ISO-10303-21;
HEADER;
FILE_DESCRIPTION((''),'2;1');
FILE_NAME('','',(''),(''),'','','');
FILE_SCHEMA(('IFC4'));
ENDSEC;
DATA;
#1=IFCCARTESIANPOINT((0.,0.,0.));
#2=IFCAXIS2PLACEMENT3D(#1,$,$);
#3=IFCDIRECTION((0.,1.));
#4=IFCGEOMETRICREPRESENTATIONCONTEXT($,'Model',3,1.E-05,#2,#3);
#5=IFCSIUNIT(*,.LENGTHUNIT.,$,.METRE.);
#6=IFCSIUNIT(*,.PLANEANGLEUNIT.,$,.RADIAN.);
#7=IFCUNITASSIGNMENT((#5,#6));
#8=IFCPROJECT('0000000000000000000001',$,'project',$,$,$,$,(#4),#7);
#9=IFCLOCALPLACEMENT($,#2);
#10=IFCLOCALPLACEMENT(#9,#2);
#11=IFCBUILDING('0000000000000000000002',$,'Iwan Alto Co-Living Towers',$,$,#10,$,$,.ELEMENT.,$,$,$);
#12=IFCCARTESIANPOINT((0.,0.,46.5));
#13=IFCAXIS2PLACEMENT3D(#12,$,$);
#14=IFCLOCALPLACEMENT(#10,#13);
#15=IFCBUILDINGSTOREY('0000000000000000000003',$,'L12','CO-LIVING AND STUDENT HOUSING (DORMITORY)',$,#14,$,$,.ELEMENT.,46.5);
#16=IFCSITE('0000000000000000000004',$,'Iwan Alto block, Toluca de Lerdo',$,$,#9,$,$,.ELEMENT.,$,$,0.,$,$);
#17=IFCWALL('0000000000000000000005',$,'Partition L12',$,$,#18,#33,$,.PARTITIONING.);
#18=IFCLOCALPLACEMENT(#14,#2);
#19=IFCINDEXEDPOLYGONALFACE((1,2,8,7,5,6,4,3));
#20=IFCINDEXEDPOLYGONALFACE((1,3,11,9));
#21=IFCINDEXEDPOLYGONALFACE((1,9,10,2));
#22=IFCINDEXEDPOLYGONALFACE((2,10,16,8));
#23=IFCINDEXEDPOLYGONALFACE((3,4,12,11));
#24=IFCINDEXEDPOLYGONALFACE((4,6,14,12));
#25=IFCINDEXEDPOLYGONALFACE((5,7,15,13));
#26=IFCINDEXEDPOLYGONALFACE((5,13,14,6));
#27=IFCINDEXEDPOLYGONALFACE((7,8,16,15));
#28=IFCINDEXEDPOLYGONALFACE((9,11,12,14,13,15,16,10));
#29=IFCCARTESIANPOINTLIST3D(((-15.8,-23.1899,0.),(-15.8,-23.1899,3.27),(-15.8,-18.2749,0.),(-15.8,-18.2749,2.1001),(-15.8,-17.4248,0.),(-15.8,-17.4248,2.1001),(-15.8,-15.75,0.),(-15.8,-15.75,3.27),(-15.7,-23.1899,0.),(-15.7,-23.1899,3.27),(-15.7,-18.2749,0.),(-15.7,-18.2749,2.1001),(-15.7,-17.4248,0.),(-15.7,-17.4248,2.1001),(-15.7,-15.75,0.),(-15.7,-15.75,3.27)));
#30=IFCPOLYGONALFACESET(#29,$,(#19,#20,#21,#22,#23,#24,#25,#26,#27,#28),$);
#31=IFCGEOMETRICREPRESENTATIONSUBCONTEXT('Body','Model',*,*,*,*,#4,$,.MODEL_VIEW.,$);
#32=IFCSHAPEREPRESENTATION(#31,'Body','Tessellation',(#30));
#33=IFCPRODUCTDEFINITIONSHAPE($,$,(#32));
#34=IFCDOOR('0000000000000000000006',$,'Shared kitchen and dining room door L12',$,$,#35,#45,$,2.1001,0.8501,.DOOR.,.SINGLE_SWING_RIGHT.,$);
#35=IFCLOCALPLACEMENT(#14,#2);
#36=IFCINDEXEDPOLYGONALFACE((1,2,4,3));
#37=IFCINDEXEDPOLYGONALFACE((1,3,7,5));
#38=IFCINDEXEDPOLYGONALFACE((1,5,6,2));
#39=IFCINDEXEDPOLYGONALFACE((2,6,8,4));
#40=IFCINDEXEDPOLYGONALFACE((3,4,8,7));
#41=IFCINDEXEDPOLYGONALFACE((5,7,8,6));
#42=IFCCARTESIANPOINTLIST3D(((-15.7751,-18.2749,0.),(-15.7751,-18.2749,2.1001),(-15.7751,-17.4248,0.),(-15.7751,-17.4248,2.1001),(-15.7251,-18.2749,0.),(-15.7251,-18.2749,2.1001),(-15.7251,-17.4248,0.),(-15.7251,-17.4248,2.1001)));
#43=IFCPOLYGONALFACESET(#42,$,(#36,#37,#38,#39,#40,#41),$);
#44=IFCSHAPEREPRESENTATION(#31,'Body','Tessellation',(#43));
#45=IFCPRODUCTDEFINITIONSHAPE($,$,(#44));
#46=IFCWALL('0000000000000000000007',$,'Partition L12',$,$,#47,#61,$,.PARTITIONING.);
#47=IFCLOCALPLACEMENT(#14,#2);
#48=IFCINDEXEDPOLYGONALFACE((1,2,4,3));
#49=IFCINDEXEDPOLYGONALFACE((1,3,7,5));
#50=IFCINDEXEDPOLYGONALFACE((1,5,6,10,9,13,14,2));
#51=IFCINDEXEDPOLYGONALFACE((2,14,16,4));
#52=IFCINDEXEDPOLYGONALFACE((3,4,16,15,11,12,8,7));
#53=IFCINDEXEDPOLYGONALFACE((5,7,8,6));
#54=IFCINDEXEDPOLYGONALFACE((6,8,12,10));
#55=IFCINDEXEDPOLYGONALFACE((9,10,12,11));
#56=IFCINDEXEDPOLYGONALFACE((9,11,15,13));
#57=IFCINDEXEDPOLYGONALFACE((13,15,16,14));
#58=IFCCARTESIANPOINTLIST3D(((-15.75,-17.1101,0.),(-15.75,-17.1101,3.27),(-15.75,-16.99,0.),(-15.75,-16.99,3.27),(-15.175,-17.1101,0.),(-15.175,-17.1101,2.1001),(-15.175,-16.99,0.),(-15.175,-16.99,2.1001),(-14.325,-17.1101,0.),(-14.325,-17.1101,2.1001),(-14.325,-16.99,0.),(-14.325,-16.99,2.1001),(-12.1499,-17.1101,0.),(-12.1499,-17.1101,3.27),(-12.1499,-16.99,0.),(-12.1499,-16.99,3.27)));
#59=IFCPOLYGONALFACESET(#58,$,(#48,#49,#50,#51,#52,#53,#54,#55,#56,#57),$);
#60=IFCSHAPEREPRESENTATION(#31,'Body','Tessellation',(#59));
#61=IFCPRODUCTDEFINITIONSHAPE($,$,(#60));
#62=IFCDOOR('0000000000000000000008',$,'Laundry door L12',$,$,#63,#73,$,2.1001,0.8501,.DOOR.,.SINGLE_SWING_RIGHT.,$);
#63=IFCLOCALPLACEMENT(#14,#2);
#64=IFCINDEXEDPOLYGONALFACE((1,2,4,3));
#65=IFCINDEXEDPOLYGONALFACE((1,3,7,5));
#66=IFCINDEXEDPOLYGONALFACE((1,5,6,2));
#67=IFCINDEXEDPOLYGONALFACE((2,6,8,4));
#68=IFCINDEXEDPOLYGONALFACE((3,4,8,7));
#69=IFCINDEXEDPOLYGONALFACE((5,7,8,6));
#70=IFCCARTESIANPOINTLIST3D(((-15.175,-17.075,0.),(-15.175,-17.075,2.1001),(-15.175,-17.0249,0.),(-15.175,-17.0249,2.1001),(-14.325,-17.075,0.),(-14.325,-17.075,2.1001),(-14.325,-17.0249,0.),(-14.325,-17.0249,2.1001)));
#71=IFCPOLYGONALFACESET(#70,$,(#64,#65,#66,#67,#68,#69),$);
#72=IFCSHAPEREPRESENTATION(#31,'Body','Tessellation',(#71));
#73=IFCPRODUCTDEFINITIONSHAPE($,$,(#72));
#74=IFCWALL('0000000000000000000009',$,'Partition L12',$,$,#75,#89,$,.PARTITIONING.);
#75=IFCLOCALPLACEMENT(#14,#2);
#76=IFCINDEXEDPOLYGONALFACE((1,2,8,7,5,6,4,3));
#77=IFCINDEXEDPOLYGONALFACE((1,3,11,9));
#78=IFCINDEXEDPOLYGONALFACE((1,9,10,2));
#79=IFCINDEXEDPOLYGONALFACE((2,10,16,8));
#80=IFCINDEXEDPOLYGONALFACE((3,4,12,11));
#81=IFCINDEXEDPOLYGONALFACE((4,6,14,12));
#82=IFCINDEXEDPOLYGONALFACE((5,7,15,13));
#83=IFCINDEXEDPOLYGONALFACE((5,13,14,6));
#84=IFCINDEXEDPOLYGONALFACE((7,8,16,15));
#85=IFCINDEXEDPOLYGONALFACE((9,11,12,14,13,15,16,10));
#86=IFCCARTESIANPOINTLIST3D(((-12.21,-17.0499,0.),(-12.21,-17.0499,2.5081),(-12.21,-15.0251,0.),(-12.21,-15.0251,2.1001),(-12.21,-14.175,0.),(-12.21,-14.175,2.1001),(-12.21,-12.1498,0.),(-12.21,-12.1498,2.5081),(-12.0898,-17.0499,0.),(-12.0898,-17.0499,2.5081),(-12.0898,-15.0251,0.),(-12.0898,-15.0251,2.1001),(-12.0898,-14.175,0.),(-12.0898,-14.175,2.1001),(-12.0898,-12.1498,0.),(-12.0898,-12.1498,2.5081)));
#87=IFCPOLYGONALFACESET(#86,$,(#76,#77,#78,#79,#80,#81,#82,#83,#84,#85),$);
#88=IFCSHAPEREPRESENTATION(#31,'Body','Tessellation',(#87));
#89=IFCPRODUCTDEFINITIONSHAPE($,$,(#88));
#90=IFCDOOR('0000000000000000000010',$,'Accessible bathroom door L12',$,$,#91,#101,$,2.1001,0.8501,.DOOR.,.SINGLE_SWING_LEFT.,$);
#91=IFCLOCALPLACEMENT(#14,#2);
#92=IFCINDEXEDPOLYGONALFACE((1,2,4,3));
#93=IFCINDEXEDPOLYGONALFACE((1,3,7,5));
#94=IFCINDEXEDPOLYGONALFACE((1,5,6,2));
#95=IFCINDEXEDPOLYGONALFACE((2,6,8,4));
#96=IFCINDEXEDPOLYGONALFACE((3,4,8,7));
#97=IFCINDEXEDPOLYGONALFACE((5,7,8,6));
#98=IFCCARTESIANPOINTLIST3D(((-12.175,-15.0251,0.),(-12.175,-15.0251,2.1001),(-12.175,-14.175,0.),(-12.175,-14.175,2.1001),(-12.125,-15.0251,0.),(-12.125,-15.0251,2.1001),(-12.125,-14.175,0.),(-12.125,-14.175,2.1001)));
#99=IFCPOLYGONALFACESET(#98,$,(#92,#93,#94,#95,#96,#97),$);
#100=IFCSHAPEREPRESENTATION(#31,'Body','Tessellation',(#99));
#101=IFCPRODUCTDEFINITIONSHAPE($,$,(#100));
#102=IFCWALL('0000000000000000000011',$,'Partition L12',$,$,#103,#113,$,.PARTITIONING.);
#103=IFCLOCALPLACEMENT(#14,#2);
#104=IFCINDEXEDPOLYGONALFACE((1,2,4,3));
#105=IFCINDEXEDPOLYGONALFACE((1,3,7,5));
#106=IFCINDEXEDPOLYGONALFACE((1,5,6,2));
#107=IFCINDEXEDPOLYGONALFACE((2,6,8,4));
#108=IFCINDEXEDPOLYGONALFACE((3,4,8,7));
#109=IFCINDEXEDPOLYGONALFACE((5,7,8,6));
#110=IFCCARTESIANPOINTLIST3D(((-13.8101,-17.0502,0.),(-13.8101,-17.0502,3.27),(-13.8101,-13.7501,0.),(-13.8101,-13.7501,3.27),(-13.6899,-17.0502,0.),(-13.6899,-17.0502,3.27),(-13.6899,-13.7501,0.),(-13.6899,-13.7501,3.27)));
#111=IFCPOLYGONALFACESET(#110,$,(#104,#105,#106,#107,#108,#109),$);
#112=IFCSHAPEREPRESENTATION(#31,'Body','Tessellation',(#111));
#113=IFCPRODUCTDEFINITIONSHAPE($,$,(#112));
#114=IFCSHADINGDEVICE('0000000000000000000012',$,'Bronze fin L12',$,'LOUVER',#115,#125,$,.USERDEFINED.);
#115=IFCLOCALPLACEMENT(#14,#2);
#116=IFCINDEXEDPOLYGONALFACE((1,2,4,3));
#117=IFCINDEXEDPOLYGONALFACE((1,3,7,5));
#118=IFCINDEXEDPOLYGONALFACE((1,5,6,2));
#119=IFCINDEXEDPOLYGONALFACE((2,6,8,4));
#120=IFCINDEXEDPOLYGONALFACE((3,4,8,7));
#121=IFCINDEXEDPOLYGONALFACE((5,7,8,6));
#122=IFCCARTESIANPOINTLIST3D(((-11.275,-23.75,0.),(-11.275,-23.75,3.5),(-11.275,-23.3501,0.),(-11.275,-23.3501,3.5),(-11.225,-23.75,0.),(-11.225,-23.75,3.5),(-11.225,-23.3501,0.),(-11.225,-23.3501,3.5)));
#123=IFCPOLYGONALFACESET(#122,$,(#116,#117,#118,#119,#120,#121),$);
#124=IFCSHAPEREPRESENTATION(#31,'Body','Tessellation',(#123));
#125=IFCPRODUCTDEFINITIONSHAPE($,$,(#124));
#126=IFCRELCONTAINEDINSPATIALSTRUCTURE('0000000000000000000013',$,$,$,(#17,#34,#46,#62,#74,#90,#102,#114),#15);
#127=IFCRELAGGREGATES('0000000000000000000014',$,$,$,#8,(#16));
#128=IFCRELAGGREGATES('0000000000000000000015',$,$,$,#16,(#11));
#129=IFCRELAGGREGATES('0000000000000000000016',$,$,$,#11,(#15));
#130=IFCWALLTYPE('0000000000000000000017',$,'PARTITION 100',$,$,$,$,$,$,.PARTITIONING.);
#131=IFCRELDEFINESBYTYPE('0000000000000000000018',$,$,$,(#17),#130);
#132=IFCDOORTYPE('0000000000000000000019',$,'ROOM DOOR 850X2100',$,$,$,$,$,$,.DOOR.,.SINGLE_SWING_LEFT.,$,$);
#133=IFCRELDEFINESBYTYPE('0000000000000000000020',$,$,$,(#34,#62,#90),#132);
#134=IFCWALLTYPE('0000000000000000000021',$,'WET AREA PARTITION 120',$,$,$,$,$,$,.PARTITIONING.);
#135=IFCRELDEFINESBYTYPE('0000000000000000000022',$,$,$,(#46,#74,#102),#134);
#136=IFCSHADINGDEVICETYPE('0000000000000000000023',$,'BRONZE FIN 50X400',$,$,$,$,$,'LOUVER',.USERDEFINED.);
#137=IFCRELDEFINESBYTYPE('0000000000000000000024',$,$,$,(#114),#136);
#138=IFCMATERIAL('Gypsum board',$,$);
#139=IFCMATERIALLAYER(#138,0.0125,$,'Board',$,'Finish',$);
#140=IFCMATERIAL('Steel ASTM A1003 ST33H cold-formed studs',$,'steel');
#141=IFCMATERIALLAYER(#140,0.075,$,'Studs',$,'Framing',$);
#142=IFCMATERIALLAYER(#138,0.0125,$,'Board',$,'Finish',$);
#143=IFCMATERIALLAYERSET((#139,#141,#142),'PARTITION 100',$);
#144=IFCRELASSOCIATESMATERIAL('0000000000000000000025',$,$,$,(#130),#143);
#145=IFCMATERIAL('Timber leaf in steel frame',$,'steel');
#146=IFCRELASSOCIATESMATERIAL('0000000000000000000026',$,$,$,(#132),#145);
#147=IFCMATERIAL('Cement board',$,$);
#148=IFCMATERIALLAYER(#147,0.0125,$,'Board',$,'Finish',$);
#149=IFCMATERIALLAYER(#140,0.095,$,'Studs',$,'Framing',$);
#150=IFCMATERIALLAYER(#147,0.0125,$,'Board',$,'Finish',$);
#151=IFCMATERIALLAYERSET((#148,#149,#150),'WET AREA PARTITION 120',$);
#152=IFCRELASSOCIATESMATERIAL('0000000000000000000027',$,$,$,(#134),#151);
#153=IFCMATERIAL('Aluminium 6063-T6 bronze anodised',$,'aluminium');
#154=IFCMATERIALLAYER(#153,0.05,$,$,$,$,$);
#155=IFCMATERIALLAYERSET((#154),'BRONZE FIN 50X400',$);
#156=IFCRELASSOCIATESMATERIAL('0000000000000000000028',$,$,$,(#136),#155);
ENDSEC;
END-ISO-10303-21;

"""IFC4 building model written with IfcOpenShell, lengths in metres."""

from ifc_helpers import new_model, si_unit, direction, frame, frame_2d, origin, origin_2d, place, context, subcontext, project, spatial, rectangle, extrude, material, layer, layer_set, type_object, element, fill, save


model = new_model("IFC4")

# Units and contexts
model_context = context("Model", 3, precision=1e-05, world=origin(), true_north=direction((0.0, 1.0)))
body_context = subcontext(model_context, "Body", "Model", "MODEL_VIEW")
ifc_project = project(units=[si_unit("LENGTHUNIT", "METRE"), si_unit("PLANEANGLEUNIT", "RADIAN")], contexts=[model_context])

# Site, building, storey
site_placement = place(None, origin())
site = spatial("IfcSite", under=ifc_project, at=site_placement, Name="Iwan Alto block, Toluca de Lerdo", CompositionType="ELEMENT", RefElevation=0.0)
building_placement = place(site_placement, origin())
building = spatial("IfcBuilding", under=site, at=building_placement, Name="Iwan Alto Co-Living Towers", CompositionType="ELEMENT")
storey_placement = place(building_placement, frame((0.0, 0.0, 46.5)))
storey = spatial("IfcBuildingStorey", under=building, at=storey_placement, Name="L12", Description="CO-LIVING AND STUDENT HOUSING (DORMITORY)", CompositionType="ELEMENT", Elevation=46.5)

# Shared definitions
ifc_material_1 = material(Name="Gypsum board")
ifc_layer_1 = layer(ifc_material_1, 0.0125, Name="Board", Category="Finish")
ifc_material_2 = material(Name="Steel ASTM A1003 ST33H cold-formed studs", Category="steel")
ifc_layer_2 = layer(ifc_material_2, 0.075, Name="Studs", Category="Framing")
ifc_layer_3 = layer(ifc_material_1, 0.0125, Name="Board", Category="Finish")
ifc_layer_set_1 = layer_set([ifc_layer_1, ifc_layer_2, ifc_layer_3], Name="PARTITION 100")
wall_type_1 = type_object("IfcWallType", Name="PARTITION 100", PredefinedType="PARTITIONING", material=ifc_layer_set_1)

# Walls, openings, doors
wall_1_placement = place(storey_placement, frame((-15.75, -23.1899, 0.0), z_axis=(0.0, 0.0, 1.0), x_axis=(0.0, 1.0, 0.0)))
wall_1 = element("IfcWall", 1, at=wall_1_placement, inside=storey, type_object=wall_type_1, Name="Partition L12", PredefinedType="PARTITIONING", context=body_context, shape_type="SweptSolid", body=[
    extrude(rectangle(XDim=7.4399, YDim=0.1001, at=frame_2d((3.72, 0.0))), origin(), (0.0, 0.0, 1.0), 3.27),
])
opening_1_placement = place(wall_1_placement, frame((4.915, 0.0, 0.0)))
opening_1 = element("IfcOpeningElement", 2, at=opening_1_placement, cuts=wall_1, PredefinedType="OPENING", context=body_context, shape_type="SweptSolid", body=[
    extrude(rectangle(XDim=0.8501, YDim=2.1001, at=frame_2d((0.425, 1.05))), frame((0.0, 0.0601, 0.0), z_axis=(0.0, -1.0, 0.0), x_axis=(1.0, 0.0, 0.0)), (0.0, 0.0, 1.0), 0.1201),
])
ifc_material_3 = material(Name="Timber leaf in steel frame", Category="steel")
door_type_1 = type_object("IfcDoorType", Name="ROOM DOOR 850X2100", OperationType="SINGLE_SWING_LEFT", PredefinedType="DOOR", material=ifc_material_3)
door_1_placement = place(opening_1_placement, frame((0.8501, 0.0, 0.0), z_axis=(0.0, 0.0, 1.0), x_axis=(-1.0, 0.0, 0.0)))
door_1 = element("IfcDoor", 3, at=door_1_placement, inside=storey, type_object=door_type_1, Name="Shared kitchen and dining room door L12", OperationType="SINGLE_SWING_RIGHT", OverallHeight=2.1001, OverallWidth=0.8501, PredefinedType="DOOR", context=body_context, shape_type="SweptSolid", body=[
    extrude(rectangle(XDim=0.8501, YDim=2.1001, at=frame_2d((0.425, 1.05))), frame((0.0, 0.0249, 0.0), z_axis=(0.0, -1.0, 0.0), x_axis=(1.0, 0.0, 0.0)), (0.0, 0.0, 1.0), 0.05),
])
fill(opening_1, door_1)
ifc_material_4 = material(Name="Cement board")
ifc_layer_4 = layer(ifc_material_4, 0.0125, Name="Board", Category="Finish")
ifc_layer_5 = layer(ifc_material_2, 0.095, Name="Studs", Category="Framing")
ifc_layer_6 = layer(ifc_material_4, 0.0125, Name="Board", Category="Finish")
ifc_layer_set_2 = layer_set([ifc_layer_4, ifc_layer_5, ifc_layer_6], Name="WET AREA PARTITION 120")
wall_type_2 = type_object("IfcWallType", Name="WET AREA PARTITION 120", PredefinedType="PARTITIONING", material=ifc_layer_set_2)
wall_2_placement = place(storey_placement, frame((-15.75, -17.05, 0.0), z_axis=(0.0, 0.0, 1.0), x_axis=(1.0, 0.0, 0.0)))
wall_2 = element("IfcWall", 4, at=wall_2_placement, inside=storey, type_object=wall_type_2, Name="Partition L12", PredefinedType="PARTITIONING", context=body_context, shape_type="SweptSolid", body=[
    extrude(rectangle(XDim=3.6001, YDim=0.1201, at=frame_2d((1.8, 0.0))), origin(), (0.0, 0.0, 1.0), 3.27),
])
opening_2_placement = place(wall_2_placement, frame((0.575, 0.0, 0.0)))
opening_2 = element("IfcOpeningElement", 5, at=opening_2_placement, cuts=wall_2, PredefinedType="OPENING", context=body_context, shape_type="SweptSolid", body=[
    extrude(rectangle(XDim=0.8501, YDim=2.1001, at=frame_2d((0.425, 1.05))), frame((0.0, 0.0701, 0.0), z_axis=(0.0, -1.0, 0.0), x_axis=(1.0, 0.0, 0.0)), (0.0, 0.0, 1.0), 0.1401),
])
door_2_placement = place(opening_2_placement, frame((0.8501, 0.0, 0.0), z_axis=(0.0, 0.0, 1.0), x_axis=(-1.0, 0.0, 0.0)))
door_2 = element("IfcDoor", 6, at=door_2_placement, inside=storey, type_object=door_type_1, Name="Laundry door L12", OperationType="SINGLE_SWING_RIGHT", OverallHeight=2.1001, OverallWidth=0.8501, PredefinedType="DOOR", context=body_context, shape_type="SweptSolid", body=[
    extrude(rectangle(XDim=0.8501, YDim=2.1001, at=frame_2d((0.425, 1.05))), frame((0.0, 0.0249, 0.0), z_axis=(0.0, -1.0, 0.0), x_axis=(1.0, 0.0, 0.0)), (0.0, 0.0, 1.0), 0.05),
])
fill(opening_2, door_2)
wall_3_placement = place(storey_placement, frame((-12.1499, -17.05, 0.0), z_axis=(0.0, 0.0, 1.0), x_axis=(0.0, 1.0, 0.0)))
wall_3 = element("IfcWall", 7, at=wall_3_placement, inside=storey, type_object=wall_type_2, Name="Partition L12", PredefinedType="PARTITIONING", context=body_context, shape_type="SweptSolid", body=[
    extrude(rectangle(XDim=4.9001, YDim=0.1201, at=frame_2d((2.4502, 0.0))), origin(), (0.0, 0.0, 1.0), 2.5081),
])
opening_3_placement = place(wall_3_placement, frame((2.0249, 0.0, 0.0)))
opening_3 = element("IfcOpeningElement", 8, at=opening_3_placement, cuts=wall_3, PredefinedType="OPENING", context=body_context, shape_type="SweptSolid", body=[
    extrude(rectangle(XDim=0.8501, YDim=2.1001, at=frame_2d((0.425, 1.05))), frame((0.0, 0.0701, 0.0), z_axis=(0.0, -1.0, 0.0), x_axis=(1.0, 0.0, 0.0)), (0.0, 0.0, 1.0), 0.1401),
])
door_3_placement = place(opening_3_placement, frame((0.8501, 0.0, 0.0), z_axis=(0.0, 0.0, 1.0), x_axis=(-1.0, 0.0, 0.0)))
door_3 = element("IfcDoor", 9, at=door_3_placement, inside=storey, type_object=door_type_1, Name="Accessible bathroom door L12", OperationType="SINGLE_SWING_LEFT", OverallHeight=2.1001, OverallWidth=0.8501, PredefinedType="DOOR", context=body_context, shape_type="SweptSolid", body=[
    extrude(rectangle(XDim=0.8501, YDim=2.1001, at=frame_2d((0.425, 1.05))), frame((0.0, 0.0249, 0.0), z_axis=(0.0, -1.0, 0.0), x_axis=(1.0, 0.0, 0.0)), (0.0, 0.0, 1.0), 0.05),
])
fill(opening_3, door_3)

# Wall
wall_4_placement = place(storey_placement, frame((-13.75, -17.05, 0.0), z_axis=(0.0, 0.0, 1.0), x_axis=(0.0, 1.0, 0.0)))
element("IfcWall", 10, at=wall_4_placement, inside=storey, type_object=wall_type_2, Name="Partition L12", PredefinedType="PARTITIONING", context=body_context, shape_type="SweptSolid", body=[
    extrude(rectangle(XDim=3.3, YDim=0.1201, at=frame_2d((1.6499, 0.0))), origin(), (0.0, 0.0, 1.0), 3.27),
])

# Shading device
ifc_material_5 = material(Name="Aluminium 6063-T6 bronze anodised", Category="aluminium")
ifc_layer_7 = layer(ifc_material_5, 0.05)
ifc_layer_set_3 = layer_set([ifc_layer_7], Name="BRONZE FIN 50X400")
shading_device_type = type_object("IfcShadingDeviceType", Name="BRONZE FIN 50X400", ElementType="LOUVER", PredefinedType="USERDEFINED", material=ifc_layer_set_3)
shading_device_placement = place(storey_placement, frame((-11.25, -23.55, 0.0), z_axis=(0.0, 0.0, 1.0), x_axis=(1.0, 0.0, 0.0)))
element("IfcShadingDevice", 11, at=shading_device_placement, inside=storey, type_object=shading_device_type, Name="Bronze fin L12", ObjectType="LOUVER", PredefinedType="USERDEFINED", context=body_context, shape_type="SweptSolid", body=[
    extrude(rectangle(XDim=0.05, YDim=0.3999, at=origin_2d()), origin(), (0.0, 0.0, 1.0), 3.5),
])

save(model, "model.ifc")
